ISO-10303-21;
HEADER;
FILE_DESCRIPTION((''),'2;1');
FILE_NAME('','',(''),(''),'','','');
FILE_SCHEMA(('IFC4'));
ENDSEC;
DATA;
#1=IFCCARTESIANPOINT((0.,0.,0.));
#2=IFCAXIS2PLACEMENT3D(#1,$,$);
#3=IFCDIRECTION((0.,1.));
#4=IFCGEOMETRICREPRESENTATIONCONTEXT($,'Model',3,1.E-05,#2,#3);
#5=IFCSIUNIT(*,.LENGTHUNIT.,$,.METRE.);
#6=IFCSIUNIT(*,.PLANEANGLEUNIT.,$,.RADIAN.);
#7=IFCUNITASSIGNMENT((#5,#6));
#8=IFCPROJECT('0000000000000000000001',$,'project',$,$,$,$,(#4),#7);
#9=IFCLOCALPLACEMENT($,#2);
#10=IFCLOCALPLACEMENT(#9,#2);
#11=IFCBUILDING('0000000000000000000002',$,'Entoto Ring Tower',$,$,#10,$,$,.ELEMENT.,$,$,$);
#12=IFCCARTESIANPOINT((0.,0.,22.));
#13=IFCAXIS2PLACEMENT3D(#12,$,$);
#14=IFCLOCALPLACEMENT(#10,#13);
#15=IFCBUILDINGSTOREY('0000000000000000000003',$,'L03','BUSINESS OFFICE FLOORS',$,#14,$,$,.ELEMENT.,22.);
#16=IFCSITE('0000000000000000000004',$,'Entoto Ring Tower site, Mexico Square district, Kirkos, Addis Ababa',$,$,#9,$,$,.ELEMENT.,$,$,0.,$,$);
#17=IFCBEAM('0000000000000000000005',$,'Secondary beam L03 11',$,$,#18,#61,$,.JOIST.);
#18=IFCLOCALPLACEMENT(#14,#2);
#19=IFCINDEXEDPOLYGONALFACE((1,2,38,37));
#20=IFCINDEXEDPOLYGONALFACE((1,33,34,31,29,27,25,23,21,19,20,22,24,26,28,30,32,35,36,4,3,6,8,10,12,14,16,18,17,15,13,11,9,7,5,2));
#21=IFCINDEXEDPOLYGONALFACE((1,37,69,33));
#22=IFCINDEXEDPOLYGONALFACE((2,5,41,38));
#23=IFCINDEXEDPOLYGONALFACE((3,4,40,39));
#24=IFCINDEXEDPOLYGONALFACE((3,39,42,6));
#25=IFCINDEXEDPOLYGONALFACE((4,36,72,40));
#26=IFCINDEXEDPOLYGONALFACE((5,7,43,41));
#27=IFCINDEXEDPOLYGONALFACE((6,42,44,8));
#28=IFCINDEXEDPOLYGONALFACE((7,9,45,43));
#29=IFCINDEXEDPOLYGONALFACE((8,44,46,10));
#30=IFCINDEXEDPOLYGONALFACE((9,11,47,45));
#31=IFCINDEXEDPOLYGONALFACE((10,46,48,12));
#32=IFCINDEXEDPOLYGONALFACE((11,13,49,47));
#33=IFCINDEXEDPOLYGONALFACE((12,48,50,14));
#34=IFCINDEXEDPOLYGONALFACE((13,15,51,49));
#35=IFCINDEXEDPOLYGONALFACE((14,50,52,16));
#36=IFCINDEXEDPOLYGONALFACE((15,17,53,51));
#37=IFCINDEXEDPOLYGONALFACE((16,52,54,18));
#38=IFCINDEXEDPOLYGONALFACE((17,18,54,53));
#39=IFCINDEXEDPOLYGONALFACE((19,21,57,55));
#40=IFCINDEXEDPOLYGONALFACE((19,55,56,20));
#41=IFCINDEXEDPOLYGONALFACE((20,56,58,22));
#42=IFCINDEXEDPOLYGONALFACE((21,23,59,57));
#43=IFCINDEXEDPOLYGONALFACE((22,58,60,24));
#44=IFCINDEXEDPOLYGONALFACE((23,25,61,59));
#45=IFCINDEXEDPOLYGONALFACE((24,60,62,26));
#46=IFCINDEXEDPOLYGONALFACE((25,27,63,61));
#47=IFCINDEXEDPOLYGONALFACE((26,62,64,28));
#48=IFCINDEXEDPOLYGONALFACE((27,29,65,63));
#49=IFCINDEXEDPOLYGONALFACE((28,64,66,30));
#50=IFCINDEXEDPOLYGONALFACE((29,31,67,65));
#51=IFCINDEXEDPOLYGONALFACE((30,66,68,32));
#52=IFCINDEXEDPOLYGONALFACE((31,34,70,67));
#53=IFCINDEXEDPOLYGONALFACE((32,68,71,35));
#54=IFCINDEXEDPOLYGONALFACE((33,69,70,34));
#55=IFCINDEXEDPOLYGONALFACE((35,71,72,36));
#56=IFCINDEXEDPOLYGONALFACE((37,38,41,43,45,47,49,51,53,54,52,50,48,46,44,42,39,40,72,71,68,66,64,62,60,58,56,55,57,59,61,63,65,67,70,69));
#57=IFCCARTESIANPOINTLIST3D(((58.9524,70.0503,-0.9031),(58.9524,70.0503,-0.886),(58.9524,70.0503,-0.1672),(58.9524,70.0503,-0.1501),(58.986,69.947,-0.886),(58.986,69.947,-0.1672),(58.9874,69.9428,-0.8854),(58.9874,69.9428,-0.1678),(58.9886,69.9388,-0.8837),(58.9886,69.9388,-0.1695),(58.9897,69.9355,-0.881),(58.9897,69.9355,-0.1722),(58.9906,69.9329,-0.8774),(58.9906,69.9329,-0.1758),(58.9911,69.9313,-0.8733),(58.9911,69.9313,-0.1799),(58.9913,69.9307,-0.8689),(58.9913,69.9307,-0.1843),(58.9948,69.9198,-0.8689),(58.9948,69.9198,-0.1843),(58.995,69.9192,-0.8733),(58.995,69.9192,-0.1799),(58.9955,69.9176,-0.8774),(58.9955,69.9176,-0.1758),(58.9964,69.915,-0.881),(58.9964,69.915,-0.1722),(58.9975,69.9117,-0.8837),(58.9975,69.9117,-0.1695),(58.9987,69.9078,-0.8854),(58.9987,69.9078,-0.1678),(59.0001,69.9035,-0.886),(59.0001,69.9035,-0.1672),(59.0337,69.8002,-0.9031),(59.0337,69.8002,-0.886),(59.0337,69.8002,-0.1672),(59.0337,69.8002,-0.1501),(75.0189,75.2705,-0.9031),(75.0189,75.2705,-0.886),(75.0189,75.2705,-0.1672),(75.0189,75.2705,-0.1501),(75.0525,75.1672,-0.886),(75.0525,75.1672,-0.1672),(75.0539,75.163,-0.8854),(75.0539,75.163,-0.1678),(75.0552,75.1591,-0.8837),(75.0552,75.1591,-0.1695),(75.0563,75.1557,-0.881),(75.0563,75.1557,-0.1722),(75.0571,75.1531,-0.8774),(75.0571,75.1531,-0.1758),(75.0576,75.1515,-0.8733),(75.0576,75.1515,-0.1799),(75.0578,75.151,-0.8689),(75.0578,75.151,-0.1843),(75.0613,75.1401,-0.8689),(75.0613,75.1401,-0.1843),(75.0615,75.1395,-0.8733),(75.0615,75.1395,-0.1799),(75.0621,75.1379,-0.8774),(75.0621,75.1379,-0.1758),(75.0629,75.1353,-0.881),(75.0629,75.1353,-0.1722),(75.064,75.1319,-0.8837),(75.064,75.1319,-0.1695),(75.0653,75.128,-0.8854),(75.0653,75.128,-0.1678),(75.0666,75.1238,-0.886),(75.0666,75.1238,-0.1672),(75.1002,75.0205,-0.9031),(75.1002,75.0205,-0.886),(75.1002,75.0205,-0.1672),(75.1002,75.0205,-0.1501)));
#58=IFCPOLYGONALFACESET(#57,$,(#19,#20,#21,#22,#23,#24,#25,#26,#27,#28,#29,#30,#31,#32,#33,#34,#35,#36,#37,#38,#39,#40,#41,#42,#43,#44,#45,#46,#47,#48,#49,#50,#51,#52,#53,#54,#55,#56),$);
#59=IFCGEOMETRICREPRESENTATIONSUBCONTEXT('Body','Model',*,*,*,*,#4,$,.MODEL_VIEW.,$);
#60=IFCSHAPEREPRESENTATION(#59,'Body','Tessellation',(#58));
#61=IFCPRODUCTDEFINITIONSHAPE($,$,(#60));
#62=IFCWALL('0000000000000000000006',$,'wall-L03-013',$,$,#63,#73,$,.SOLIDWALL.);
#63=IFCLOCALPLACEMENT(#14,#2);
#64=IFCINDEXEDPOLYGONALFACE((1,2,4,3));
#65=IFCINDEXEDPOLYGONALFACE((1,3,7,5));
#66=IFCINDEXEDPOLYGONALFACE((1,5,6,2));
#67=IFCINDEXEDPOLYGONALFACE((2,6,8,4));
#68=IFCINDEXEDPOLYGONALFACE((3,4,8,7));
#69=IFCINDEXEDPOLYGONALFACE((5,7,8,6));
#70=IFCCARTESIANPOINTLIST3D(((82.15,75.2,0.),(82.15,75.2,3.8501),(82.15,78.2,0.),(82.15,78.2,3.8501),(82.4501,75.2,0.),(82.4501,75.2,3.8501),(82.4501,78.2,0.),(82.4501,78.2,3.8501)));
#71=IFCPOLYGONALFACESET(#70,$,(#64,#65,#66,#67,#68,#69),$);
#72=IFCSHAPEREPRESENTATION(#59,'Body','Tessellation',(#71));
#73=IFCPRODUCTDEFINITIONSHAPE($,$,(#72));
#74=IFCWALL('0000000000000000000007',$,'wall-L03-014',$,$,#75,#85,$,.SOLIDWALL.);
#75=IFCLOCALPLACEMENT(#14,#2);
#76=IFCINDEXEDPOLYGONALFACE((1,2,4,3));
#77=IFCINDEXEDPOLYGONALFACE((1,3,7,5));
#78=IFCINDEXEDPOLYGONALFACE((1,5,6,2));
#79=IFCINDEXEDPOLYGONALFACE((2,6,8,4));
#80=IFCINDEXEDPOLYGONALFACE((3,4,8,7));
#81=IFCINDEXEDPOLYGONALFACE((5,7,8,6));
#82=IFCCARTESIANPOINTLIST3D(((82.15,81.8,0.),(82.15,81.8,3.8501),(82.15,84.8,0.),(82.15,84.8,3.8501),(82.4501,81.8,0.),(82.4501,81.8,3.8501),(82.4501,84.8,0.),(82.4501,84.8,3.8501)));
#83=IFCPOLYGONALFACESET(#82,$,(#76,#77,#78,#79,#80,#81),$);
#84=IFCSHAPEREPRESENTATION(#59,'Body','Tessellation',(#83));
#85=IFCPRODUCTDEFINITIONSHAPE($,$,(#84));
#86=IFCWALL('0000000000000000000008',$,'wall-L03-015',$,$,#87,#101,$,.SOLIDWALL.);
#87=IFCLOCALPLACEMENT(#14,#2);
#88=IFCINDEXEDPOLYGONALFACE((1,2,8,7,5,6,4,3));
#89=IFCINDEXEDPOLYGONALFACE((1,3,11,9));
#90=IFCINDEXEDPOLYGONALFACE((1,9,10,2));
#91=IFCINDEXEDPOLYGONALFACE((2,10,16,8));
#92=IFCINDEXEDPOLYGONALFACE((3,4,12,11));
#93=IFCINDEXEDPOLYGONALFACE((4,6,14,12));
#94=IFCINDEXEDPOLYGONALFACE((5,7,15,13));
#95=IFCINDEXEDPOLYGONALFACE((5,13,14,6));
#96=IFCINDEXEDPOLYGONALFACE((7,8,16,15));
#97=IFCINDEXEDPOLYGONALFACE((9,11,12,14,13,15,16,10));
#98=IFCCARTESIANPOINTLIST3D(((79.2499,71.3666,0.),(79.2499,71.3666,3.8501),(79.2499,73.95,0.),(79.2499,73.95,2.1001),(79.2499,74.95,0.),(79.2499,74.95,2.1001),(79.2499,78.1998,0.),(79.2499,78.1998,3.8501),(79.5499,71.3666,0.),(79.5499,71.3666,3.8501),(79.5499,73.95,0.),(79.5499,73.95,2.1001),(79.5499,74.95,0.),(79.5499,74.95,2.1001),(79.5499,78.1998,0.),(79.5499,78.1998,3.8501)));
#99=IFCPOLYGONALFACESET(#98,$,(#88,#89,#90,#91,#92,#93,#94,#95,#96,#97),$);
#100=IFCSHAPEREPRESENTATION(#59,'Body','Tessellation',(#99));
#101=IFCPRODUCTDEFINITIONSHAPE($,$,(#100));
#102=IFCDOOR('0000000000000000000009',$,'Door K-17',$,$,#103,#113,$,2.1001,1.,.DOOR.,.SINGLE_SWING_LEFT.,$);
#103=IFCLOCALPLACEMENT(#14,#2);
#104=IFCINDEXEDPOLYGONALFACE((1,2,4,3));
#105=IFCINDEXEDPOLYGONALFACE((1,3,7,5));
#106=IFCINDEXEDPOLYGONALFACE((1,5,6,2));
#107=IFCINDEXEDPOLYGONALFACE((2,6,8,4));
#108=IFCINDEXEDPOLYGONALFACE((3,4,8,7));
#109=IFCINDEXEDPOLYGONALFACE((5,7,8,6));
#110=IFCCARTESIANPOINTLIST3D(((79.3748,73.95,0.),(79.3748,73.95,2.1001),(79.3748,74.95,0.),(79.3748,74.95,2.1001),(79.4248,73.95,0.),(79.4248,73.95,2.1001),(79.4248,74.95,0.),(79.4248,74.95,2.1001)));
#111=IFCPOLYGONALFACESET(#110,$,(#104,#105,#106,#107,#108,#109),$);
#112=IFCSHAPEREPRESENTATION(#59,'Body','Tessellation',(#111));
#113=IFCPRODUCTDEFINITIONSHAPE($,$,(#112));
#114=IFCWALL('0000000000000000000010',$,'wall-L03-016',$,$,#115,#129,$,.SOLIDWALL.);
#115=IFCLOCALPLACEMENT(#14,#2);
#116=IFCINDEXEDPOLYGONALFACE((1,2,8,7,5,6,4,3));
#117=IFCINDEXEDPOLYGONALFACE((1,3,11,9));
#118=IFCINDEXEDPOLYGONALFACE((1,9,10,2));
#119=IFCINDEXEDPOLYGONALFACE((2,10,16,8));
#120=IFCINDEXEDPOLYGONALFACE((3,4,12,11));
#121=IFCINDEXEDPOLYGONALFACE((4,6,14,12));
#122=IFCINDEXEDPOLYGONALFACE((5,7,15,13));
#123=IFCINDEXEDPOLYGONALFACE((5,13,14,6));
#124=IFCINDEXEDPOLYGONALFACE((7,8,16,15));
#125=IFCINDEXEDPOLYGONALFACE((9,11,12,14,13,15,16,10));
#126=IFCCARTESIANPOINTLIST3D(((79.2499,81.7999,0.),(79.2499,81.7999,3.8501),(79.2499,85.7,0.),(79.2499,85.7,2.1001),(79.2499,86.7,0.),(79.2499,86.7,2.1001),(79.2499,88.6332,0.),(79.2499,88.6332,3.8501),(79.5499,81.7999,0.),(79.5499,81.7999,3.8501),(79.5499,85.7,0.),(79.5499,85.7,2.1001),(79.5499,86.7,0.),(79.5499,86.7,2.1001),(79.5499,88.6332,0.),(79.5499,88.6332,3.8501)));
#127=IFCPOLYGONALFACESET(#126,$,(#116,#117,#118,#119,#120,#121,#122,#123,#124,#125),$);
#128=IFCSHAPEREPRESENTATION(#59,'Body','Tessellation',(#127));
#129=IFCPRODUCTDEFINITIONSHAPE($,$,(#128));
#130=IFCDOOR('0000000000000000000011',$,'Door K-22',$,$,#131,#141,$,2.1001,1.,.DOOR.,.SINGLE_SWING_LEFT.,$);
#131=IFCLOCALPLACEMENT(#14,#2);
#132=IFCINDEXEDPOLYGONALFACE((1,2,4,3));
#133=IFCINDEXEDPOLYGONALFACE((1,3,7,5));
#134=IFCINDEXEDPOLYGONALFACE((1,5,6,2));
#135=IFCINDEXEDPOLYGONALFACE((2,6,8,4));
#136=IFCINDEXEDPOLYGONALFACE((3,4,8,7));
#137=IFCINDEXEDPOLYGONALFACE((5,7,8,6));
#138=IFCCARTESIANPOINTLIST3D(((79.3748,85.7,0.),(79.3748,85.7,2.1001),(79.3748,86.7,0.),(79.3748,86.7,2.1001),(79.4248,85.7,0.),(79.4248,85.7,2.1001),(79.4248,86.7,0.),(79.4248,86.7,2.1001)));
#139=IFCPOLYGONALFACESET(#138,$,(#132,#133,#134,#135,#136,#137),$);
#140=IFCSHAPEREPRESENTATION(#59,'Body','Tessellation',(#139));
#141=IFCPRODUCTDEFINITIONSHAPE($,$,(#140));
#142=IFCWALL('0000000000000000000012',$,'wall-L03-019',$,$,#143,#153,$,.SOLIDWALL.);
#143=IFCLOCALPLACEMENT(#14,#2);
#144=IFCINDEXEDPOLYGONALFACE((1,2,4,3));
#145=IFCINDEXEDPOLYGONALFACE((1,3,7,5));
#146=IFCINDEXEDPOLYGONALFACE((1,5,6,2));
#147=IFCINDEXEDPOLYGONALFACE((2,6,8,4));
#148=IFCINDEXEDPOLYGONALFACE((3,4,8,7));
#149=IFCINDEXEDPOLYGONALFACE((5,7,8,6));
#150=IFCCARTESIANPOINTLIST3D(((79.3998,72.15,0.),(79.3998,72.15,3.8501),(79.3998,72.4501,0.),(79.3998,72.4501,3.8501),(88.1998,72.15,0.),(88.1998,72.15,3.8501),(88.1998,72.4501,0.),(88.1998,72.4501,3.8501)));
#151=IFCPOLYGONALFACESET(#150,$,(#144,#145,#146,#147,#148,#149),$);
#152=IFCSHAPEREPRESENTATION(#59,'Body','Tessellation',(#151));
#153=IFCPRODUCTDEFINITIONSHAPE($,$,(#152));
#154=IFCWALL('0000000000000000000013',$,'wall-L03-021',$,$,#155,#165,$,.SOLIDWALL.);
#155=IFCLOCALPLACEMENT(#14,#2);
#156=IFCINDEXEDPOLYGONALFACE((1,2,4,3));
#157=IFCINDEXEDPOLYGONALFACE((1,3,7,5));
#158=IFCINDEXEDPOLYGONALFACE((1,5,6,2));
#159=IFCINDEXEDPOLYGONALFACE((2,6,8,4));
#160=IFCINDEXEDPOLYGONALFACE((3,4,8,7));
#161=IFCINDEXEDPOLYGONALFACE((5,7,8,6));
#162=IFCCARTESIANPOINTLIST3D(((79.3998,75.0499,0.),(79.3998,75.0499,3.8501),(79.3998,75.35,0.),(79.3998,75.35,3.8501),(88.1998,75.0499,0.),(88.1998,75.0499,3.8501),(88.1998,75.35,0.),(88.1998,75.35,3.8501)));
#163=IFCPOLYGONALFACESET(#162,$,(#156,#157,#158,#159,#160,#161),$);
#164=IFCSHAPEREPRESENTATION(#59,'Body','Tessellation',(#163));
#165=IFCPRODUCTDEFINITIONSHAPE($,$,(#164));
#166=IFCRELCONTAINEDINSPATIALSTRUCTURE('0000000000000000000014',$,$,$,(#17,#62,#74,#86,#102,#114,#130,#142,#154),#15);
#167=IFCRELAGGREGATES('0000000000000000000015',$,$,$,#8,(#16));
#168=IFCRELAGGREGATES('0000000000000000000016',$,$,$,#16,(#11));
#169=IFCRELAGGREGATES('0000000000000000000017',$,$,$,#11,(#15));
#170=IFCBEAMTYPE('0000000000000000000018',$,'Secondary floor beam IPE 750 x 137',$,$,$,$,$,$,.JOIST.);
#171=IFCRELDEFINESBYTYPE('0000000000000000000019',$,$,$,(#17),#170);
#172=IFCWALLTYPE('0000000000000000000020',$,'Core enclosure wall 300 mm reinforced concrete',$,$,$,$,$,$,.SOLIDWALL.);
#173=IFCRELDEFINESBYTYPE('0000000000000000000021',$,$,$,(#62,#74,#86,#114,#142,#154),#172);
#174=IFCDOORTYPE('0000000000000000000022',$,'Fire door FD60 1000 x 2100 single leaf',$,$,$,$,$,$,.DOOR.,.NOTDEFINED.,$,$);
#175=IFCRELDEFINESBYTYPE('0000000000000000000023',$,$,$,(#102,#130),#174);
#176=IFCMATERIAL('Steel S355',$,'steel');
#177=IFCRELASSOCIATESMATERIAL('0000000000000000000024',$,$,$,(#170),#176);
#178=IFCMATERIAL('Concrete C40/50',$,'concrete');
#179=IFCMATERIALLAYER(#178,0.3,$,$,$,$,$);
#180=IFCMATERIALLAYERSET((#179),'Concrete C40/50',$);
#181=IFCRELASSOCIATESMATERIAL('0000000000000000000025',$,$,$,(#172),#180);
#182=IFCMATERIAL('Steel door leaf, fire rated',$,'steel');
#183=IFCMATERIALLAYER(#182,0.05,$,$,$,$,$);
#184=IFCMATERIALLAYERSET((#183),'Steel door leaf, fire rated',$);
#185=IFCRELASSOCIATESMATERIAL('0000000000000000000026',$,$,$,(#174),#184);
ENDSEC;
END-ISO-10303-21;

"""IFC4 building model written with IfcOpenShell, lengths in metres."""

from ifc_helpers import new_model, si_unit, direction, frame, frame_2d, origin, origin_2d, place, context, subcontext, project, spatial, rectangle, i_section, extrude, material, layer, layer_set, material_profile, profile_set, type_object, element, fill, save


model = new_model("IFC4")

# Units and contexts
model_context = context("Model", 3, precision=1e-05, world=origin(), true_north=direction((0.0, 1.0)))
body_context = subcontext(model_context, "Body", "Model", "MODEL_VIEW")
ifc_project = project(units=[si_unit("LENGTHUNIT", "METRE"), si_unit("PLANEANGLEUNIT", "RADIAN")], contexts=[model_context])

# Site, building, storey
site_placement = place(None, origin())
site = spatial("IfcSite", under=ifc_project, at=site_placement, Name="Entoto Ring Tower site, Mexico Square district, Kirkos, Addis Ababa", CompositionType="ELEMENT", RefElevation=0.0)
building_placement = place(site_placement, origin())
building = spatial("IfcBuilding", under=site, at=building_placement, Name="Entoto Ring Tower", CompositionType="ELEMENT")
storey_placement = place(building_placement, frame((0.0, 0.0, 22.0)))
storey = spatial("IfcBuildingStorey", under=building, at=storey_placement, Name="L03", Description="BUSINESS OFFICE FLOORS", CompositionType="ELEMENT", Elevation=22.0)

# Beam
ifc_material_1 = material(Name="Steel S355", Category="steel")
ifc_material_profile_1 = material_profile(ifc_material_1, i_section(OverallWidth=0.2629, OverallDepth=0.7529, WebThickness=0.0115, FlangeThickness=0.0171, FilletRadius=0.0171, at=origin_2d()), Name="IPE 750 x 137")
ifc_profile_set_1 = profile_set([ifc_material_profile_1], Name="Steel S355")
beam_type_1 = type_object("IfcBeamType", Name="Secondary floor beam IPE 750 x 137", PredefinedType="JOIST", material=ifc_profile_set_1)
beam_1_placement = place(storey_placement, frame((75.0596, 75.1455, -0.5266), z_axis=(-0.951058, -0.309013, 0.0), x_axis=(0.309013, -0.951058, 0.0)))
element("IfcBeam", 1, at=beam_1_placement, inside=storey, type_object=beam_type_1, Name="Secondary beam L03 11", PredefinedType="JOIST", context=body_context, shape_type="SweptSolid", body=[
    extrude(i_section(OverallWidth=0.2629, OverallDepth=0.7529, WebThickness=0.0115, FlangeThickness=0.0171, FilletRadius=0.0171, at=origin_2d()), origin(), (0.0, 0.0, 1.0), 16.8933),
])

# Walls
ifc_material_2 = material(Name="Concrete C40/50", Category="concrete")
ifc_layer_1 = layer(ifc_material_2, 0.3)
ifc_layer_set_1 = layer_set([ifc_layer_1], Name="Concrete C40/50")
wall_type_1 = type_object("IfcWallType", Name="Core enclosure wall 300 mm reinforced concrete", PredefinedType="SOLIDWALL", material=ifc_layer_set_1)
for number, where, z_axis, x_axis, name in (
    (2, (82.3, 75.2, 0.0), (0.0, 0.0, 1.0), (0.0, 1.0, 0.0), "wall-L03-013"),
    (3, (82.3, 81.8, 0.0), (0.0, 0.0, 1.0), (0.0, 1.0, 0.0), "wall-L03-014"),
):
    element("IfcWall", number, at=place(storey_placement, frame(where, z_axis=z_axis, x_axis=x_axis)), inside=storey, type_object=wall_type_1, Name=name, PredefinedType="SOLIDWALL", context=body_context, shape_type="SweptSolid", body=[
        extrude(rectangle(XDim=3.0, YDim=0.3, at=frame_2d((1.5, 0.0))), origin(), (0.0, 0.0, 1.0), 3.8501),
    ])

# Walls, openings, doors
wall_1_placement = place(storey_placement, frame((79.3999, 71.3667, 0.0), z_axis=(0.0, 0.0, 1.0), x_axis=(0.0, 1.0, 0.0)))
wall_1 = element("IfcWall", 4, at=wall_1_placement, inside=storey, type_object=wall_type_1, Name="wall-L03-015", PredefinedType="SOLIDWALL", context=body_context, shape_type="SweptSolid", body=[
    extrude(rectangle(XDim=6.8333, YDim=0.3, at=frame_2d((3.4165, 0.0))), origin(), (0.0, 0.0, 1.0), 3.8501),
])
opening_1_placement = place(wall_1_placement, frame((2.5833, 0.0, 0.0)))
opening_1 = element("IfcOpeningElement", 5, at=opening_1_placement, cuts=wall_1, PredefinedType="OPENING", context=body_context, shape_type="SweptSolid", body=[
    extrude(rectangle(XDim=1.0, YDim=2.1001, at=frame_2d((0.5, 1.05))), frame((0.0, 0.1602, 0.0), z_axis=(0.0, -1.0, 0.0), x_axis=(1.0, 0.0, 0.0)), (0.0, 0.0, 1.0), 0.3201),
])
ifc_material_3 = material(Name="Steel door leaf, fire rated", Category="steel")
ifc_layer_2 = layer(ifc_material_3, 0.05)
ifc_layer_set_2 = layer_set([ifc_layer_2], Name="Steel door leaf, fire rated")
door_type_1 = type_object("IfcDoorType", Name="Fire door FD60 1000 x 2100 single leaf", OperationType="NOTDEFINED", PredefinedType="DOOR", material=ifc_layer_set_2)
door_1_placement = place(opening_1_placement, frame((1.0, 0.0, 0.0), z_axis=(0.0, 0.0, 1.0), x_axis=(-1.0, 0.0, 0.0)))
door_1 = element("IfcDoor", 6, at=door_1_placement, inside=storey, type_object=door_type_1, Name="Door K-17", OperationType="SINGLE_SWING_LEFT", OverallHeight=2.1001, OverallWidth=1.0, PredefinedType="DOOR", context=body_context, shape_type="SweptSolid", body=[
    extrude(rectangle(XDim=1.0, YDim=2.1001, at=frame_2d((0.5, 1.05))), frame((0.0, 0.0249, 0.0), z_axis=(0.0, -1.0, 0.0), x_axis=(1.0, 0.0, 0.0)), (0.0, 0.0, 1.0), 0.05),
])
fill(opening_1, door_1)
wall_2_placement = place(storey_placement, frame((79.3999, 81.8, 0.0), z_axis=(0.0, 0.0, 1.0), x_axis=(0.0, 1.0, 0.0)))
wall_2 = element("IfcWall", 7, at=wall_2_placement, inside=storey, type_object=wall_type_1, Name="wall-L03-016", PredefinedType="SOLIDWALL", context=body_context, shape_type="SweptSolid", body=[
    extrude(rectangle(XDim=6.8333, YDim=0.3, at=frame_2d((3.4165, 0.0))), origin(), (0.0, 0.0, 1.0), 3.8501),
])
opening_2_placement = place(wall_2_placement, frame((3.8999, 0.0, 0.0)))
opening_2 = element("IfcOpeningElement", 8, at=opening_2_placement, cuts=wall_2, PredefinedType="OPENING", context=body_context, shape_type="SweptSolid", body=[
    extrude(rectangle(XDim=1.0, YDim=2.1001, at=frame_2d((0.5, 1.05))), frame((0.0, 0.1602, 0.0), z_axis=(0.0, -1.0, 0.0), x_axis=(1.0, 0.0, 0.0)), (0.0, 0.0, 1.0), 0.3201),
])
door_2_placement = place(opening_2_placement, frame((1.0, 0.0, 0.0), z_axis=(0.0, 0.0, 1.0), x_axis=(-1.0, 0.0, 0.0)))
door_2 = element("IfcDoor", 9, at=door_2_placement, inside=storey, type_object=door_type_1, Name="Door K-22", OperationType="SINGLE_SWING_LEFT", OverallHeight=2.1001, OverallWidth=1.0, PredefinedType="DOOR", context=body_context, shape_type="SweptSolid", body=[
    extrude(rectangle(XDim=1.0, YDim=2.1001, at=frame_2d((0.5, 1.05))), frame((0.0, 0.0249, 0.0), z_axis=(0.0, -1.0, 0.0), x_axis=(1.0, 0.0, 0.0)), (0.0, 0.0, 1.0), 0.05),
])
fill(opening_2, door_2)

# Walls
for number, where, z_axis, x_axis, name in (
    (10, (79.3999, 72.3, 0.0), (0.0, 0.0, 1.0), (1.0, 0.0, 0.0), "wall-L03-019"),
    (11, (79.3999, 75.2, 0.0), (0.0, 0.0, 1.0), (1.0, 0.0, 0.0), "wall-L03-021"),
):
    element("IfcWall", number, at=place(storey_placement, frame(where, z_axis=z_axis, x_axis=x_axis)), inside=storey, type_object=wall_type_1, Name=name, PredefinedType="SOLIDWALL", context=body_context, shape_type="SweptSolid", body=[
        extrude(rectangle(XDim=8.8, YDim=0.3, at=frame_2d((4.3999, 0.0))), origin(), (0.0, 0.0, 1.0), 3.8501),
    ])

save(model, "model.ifc")
